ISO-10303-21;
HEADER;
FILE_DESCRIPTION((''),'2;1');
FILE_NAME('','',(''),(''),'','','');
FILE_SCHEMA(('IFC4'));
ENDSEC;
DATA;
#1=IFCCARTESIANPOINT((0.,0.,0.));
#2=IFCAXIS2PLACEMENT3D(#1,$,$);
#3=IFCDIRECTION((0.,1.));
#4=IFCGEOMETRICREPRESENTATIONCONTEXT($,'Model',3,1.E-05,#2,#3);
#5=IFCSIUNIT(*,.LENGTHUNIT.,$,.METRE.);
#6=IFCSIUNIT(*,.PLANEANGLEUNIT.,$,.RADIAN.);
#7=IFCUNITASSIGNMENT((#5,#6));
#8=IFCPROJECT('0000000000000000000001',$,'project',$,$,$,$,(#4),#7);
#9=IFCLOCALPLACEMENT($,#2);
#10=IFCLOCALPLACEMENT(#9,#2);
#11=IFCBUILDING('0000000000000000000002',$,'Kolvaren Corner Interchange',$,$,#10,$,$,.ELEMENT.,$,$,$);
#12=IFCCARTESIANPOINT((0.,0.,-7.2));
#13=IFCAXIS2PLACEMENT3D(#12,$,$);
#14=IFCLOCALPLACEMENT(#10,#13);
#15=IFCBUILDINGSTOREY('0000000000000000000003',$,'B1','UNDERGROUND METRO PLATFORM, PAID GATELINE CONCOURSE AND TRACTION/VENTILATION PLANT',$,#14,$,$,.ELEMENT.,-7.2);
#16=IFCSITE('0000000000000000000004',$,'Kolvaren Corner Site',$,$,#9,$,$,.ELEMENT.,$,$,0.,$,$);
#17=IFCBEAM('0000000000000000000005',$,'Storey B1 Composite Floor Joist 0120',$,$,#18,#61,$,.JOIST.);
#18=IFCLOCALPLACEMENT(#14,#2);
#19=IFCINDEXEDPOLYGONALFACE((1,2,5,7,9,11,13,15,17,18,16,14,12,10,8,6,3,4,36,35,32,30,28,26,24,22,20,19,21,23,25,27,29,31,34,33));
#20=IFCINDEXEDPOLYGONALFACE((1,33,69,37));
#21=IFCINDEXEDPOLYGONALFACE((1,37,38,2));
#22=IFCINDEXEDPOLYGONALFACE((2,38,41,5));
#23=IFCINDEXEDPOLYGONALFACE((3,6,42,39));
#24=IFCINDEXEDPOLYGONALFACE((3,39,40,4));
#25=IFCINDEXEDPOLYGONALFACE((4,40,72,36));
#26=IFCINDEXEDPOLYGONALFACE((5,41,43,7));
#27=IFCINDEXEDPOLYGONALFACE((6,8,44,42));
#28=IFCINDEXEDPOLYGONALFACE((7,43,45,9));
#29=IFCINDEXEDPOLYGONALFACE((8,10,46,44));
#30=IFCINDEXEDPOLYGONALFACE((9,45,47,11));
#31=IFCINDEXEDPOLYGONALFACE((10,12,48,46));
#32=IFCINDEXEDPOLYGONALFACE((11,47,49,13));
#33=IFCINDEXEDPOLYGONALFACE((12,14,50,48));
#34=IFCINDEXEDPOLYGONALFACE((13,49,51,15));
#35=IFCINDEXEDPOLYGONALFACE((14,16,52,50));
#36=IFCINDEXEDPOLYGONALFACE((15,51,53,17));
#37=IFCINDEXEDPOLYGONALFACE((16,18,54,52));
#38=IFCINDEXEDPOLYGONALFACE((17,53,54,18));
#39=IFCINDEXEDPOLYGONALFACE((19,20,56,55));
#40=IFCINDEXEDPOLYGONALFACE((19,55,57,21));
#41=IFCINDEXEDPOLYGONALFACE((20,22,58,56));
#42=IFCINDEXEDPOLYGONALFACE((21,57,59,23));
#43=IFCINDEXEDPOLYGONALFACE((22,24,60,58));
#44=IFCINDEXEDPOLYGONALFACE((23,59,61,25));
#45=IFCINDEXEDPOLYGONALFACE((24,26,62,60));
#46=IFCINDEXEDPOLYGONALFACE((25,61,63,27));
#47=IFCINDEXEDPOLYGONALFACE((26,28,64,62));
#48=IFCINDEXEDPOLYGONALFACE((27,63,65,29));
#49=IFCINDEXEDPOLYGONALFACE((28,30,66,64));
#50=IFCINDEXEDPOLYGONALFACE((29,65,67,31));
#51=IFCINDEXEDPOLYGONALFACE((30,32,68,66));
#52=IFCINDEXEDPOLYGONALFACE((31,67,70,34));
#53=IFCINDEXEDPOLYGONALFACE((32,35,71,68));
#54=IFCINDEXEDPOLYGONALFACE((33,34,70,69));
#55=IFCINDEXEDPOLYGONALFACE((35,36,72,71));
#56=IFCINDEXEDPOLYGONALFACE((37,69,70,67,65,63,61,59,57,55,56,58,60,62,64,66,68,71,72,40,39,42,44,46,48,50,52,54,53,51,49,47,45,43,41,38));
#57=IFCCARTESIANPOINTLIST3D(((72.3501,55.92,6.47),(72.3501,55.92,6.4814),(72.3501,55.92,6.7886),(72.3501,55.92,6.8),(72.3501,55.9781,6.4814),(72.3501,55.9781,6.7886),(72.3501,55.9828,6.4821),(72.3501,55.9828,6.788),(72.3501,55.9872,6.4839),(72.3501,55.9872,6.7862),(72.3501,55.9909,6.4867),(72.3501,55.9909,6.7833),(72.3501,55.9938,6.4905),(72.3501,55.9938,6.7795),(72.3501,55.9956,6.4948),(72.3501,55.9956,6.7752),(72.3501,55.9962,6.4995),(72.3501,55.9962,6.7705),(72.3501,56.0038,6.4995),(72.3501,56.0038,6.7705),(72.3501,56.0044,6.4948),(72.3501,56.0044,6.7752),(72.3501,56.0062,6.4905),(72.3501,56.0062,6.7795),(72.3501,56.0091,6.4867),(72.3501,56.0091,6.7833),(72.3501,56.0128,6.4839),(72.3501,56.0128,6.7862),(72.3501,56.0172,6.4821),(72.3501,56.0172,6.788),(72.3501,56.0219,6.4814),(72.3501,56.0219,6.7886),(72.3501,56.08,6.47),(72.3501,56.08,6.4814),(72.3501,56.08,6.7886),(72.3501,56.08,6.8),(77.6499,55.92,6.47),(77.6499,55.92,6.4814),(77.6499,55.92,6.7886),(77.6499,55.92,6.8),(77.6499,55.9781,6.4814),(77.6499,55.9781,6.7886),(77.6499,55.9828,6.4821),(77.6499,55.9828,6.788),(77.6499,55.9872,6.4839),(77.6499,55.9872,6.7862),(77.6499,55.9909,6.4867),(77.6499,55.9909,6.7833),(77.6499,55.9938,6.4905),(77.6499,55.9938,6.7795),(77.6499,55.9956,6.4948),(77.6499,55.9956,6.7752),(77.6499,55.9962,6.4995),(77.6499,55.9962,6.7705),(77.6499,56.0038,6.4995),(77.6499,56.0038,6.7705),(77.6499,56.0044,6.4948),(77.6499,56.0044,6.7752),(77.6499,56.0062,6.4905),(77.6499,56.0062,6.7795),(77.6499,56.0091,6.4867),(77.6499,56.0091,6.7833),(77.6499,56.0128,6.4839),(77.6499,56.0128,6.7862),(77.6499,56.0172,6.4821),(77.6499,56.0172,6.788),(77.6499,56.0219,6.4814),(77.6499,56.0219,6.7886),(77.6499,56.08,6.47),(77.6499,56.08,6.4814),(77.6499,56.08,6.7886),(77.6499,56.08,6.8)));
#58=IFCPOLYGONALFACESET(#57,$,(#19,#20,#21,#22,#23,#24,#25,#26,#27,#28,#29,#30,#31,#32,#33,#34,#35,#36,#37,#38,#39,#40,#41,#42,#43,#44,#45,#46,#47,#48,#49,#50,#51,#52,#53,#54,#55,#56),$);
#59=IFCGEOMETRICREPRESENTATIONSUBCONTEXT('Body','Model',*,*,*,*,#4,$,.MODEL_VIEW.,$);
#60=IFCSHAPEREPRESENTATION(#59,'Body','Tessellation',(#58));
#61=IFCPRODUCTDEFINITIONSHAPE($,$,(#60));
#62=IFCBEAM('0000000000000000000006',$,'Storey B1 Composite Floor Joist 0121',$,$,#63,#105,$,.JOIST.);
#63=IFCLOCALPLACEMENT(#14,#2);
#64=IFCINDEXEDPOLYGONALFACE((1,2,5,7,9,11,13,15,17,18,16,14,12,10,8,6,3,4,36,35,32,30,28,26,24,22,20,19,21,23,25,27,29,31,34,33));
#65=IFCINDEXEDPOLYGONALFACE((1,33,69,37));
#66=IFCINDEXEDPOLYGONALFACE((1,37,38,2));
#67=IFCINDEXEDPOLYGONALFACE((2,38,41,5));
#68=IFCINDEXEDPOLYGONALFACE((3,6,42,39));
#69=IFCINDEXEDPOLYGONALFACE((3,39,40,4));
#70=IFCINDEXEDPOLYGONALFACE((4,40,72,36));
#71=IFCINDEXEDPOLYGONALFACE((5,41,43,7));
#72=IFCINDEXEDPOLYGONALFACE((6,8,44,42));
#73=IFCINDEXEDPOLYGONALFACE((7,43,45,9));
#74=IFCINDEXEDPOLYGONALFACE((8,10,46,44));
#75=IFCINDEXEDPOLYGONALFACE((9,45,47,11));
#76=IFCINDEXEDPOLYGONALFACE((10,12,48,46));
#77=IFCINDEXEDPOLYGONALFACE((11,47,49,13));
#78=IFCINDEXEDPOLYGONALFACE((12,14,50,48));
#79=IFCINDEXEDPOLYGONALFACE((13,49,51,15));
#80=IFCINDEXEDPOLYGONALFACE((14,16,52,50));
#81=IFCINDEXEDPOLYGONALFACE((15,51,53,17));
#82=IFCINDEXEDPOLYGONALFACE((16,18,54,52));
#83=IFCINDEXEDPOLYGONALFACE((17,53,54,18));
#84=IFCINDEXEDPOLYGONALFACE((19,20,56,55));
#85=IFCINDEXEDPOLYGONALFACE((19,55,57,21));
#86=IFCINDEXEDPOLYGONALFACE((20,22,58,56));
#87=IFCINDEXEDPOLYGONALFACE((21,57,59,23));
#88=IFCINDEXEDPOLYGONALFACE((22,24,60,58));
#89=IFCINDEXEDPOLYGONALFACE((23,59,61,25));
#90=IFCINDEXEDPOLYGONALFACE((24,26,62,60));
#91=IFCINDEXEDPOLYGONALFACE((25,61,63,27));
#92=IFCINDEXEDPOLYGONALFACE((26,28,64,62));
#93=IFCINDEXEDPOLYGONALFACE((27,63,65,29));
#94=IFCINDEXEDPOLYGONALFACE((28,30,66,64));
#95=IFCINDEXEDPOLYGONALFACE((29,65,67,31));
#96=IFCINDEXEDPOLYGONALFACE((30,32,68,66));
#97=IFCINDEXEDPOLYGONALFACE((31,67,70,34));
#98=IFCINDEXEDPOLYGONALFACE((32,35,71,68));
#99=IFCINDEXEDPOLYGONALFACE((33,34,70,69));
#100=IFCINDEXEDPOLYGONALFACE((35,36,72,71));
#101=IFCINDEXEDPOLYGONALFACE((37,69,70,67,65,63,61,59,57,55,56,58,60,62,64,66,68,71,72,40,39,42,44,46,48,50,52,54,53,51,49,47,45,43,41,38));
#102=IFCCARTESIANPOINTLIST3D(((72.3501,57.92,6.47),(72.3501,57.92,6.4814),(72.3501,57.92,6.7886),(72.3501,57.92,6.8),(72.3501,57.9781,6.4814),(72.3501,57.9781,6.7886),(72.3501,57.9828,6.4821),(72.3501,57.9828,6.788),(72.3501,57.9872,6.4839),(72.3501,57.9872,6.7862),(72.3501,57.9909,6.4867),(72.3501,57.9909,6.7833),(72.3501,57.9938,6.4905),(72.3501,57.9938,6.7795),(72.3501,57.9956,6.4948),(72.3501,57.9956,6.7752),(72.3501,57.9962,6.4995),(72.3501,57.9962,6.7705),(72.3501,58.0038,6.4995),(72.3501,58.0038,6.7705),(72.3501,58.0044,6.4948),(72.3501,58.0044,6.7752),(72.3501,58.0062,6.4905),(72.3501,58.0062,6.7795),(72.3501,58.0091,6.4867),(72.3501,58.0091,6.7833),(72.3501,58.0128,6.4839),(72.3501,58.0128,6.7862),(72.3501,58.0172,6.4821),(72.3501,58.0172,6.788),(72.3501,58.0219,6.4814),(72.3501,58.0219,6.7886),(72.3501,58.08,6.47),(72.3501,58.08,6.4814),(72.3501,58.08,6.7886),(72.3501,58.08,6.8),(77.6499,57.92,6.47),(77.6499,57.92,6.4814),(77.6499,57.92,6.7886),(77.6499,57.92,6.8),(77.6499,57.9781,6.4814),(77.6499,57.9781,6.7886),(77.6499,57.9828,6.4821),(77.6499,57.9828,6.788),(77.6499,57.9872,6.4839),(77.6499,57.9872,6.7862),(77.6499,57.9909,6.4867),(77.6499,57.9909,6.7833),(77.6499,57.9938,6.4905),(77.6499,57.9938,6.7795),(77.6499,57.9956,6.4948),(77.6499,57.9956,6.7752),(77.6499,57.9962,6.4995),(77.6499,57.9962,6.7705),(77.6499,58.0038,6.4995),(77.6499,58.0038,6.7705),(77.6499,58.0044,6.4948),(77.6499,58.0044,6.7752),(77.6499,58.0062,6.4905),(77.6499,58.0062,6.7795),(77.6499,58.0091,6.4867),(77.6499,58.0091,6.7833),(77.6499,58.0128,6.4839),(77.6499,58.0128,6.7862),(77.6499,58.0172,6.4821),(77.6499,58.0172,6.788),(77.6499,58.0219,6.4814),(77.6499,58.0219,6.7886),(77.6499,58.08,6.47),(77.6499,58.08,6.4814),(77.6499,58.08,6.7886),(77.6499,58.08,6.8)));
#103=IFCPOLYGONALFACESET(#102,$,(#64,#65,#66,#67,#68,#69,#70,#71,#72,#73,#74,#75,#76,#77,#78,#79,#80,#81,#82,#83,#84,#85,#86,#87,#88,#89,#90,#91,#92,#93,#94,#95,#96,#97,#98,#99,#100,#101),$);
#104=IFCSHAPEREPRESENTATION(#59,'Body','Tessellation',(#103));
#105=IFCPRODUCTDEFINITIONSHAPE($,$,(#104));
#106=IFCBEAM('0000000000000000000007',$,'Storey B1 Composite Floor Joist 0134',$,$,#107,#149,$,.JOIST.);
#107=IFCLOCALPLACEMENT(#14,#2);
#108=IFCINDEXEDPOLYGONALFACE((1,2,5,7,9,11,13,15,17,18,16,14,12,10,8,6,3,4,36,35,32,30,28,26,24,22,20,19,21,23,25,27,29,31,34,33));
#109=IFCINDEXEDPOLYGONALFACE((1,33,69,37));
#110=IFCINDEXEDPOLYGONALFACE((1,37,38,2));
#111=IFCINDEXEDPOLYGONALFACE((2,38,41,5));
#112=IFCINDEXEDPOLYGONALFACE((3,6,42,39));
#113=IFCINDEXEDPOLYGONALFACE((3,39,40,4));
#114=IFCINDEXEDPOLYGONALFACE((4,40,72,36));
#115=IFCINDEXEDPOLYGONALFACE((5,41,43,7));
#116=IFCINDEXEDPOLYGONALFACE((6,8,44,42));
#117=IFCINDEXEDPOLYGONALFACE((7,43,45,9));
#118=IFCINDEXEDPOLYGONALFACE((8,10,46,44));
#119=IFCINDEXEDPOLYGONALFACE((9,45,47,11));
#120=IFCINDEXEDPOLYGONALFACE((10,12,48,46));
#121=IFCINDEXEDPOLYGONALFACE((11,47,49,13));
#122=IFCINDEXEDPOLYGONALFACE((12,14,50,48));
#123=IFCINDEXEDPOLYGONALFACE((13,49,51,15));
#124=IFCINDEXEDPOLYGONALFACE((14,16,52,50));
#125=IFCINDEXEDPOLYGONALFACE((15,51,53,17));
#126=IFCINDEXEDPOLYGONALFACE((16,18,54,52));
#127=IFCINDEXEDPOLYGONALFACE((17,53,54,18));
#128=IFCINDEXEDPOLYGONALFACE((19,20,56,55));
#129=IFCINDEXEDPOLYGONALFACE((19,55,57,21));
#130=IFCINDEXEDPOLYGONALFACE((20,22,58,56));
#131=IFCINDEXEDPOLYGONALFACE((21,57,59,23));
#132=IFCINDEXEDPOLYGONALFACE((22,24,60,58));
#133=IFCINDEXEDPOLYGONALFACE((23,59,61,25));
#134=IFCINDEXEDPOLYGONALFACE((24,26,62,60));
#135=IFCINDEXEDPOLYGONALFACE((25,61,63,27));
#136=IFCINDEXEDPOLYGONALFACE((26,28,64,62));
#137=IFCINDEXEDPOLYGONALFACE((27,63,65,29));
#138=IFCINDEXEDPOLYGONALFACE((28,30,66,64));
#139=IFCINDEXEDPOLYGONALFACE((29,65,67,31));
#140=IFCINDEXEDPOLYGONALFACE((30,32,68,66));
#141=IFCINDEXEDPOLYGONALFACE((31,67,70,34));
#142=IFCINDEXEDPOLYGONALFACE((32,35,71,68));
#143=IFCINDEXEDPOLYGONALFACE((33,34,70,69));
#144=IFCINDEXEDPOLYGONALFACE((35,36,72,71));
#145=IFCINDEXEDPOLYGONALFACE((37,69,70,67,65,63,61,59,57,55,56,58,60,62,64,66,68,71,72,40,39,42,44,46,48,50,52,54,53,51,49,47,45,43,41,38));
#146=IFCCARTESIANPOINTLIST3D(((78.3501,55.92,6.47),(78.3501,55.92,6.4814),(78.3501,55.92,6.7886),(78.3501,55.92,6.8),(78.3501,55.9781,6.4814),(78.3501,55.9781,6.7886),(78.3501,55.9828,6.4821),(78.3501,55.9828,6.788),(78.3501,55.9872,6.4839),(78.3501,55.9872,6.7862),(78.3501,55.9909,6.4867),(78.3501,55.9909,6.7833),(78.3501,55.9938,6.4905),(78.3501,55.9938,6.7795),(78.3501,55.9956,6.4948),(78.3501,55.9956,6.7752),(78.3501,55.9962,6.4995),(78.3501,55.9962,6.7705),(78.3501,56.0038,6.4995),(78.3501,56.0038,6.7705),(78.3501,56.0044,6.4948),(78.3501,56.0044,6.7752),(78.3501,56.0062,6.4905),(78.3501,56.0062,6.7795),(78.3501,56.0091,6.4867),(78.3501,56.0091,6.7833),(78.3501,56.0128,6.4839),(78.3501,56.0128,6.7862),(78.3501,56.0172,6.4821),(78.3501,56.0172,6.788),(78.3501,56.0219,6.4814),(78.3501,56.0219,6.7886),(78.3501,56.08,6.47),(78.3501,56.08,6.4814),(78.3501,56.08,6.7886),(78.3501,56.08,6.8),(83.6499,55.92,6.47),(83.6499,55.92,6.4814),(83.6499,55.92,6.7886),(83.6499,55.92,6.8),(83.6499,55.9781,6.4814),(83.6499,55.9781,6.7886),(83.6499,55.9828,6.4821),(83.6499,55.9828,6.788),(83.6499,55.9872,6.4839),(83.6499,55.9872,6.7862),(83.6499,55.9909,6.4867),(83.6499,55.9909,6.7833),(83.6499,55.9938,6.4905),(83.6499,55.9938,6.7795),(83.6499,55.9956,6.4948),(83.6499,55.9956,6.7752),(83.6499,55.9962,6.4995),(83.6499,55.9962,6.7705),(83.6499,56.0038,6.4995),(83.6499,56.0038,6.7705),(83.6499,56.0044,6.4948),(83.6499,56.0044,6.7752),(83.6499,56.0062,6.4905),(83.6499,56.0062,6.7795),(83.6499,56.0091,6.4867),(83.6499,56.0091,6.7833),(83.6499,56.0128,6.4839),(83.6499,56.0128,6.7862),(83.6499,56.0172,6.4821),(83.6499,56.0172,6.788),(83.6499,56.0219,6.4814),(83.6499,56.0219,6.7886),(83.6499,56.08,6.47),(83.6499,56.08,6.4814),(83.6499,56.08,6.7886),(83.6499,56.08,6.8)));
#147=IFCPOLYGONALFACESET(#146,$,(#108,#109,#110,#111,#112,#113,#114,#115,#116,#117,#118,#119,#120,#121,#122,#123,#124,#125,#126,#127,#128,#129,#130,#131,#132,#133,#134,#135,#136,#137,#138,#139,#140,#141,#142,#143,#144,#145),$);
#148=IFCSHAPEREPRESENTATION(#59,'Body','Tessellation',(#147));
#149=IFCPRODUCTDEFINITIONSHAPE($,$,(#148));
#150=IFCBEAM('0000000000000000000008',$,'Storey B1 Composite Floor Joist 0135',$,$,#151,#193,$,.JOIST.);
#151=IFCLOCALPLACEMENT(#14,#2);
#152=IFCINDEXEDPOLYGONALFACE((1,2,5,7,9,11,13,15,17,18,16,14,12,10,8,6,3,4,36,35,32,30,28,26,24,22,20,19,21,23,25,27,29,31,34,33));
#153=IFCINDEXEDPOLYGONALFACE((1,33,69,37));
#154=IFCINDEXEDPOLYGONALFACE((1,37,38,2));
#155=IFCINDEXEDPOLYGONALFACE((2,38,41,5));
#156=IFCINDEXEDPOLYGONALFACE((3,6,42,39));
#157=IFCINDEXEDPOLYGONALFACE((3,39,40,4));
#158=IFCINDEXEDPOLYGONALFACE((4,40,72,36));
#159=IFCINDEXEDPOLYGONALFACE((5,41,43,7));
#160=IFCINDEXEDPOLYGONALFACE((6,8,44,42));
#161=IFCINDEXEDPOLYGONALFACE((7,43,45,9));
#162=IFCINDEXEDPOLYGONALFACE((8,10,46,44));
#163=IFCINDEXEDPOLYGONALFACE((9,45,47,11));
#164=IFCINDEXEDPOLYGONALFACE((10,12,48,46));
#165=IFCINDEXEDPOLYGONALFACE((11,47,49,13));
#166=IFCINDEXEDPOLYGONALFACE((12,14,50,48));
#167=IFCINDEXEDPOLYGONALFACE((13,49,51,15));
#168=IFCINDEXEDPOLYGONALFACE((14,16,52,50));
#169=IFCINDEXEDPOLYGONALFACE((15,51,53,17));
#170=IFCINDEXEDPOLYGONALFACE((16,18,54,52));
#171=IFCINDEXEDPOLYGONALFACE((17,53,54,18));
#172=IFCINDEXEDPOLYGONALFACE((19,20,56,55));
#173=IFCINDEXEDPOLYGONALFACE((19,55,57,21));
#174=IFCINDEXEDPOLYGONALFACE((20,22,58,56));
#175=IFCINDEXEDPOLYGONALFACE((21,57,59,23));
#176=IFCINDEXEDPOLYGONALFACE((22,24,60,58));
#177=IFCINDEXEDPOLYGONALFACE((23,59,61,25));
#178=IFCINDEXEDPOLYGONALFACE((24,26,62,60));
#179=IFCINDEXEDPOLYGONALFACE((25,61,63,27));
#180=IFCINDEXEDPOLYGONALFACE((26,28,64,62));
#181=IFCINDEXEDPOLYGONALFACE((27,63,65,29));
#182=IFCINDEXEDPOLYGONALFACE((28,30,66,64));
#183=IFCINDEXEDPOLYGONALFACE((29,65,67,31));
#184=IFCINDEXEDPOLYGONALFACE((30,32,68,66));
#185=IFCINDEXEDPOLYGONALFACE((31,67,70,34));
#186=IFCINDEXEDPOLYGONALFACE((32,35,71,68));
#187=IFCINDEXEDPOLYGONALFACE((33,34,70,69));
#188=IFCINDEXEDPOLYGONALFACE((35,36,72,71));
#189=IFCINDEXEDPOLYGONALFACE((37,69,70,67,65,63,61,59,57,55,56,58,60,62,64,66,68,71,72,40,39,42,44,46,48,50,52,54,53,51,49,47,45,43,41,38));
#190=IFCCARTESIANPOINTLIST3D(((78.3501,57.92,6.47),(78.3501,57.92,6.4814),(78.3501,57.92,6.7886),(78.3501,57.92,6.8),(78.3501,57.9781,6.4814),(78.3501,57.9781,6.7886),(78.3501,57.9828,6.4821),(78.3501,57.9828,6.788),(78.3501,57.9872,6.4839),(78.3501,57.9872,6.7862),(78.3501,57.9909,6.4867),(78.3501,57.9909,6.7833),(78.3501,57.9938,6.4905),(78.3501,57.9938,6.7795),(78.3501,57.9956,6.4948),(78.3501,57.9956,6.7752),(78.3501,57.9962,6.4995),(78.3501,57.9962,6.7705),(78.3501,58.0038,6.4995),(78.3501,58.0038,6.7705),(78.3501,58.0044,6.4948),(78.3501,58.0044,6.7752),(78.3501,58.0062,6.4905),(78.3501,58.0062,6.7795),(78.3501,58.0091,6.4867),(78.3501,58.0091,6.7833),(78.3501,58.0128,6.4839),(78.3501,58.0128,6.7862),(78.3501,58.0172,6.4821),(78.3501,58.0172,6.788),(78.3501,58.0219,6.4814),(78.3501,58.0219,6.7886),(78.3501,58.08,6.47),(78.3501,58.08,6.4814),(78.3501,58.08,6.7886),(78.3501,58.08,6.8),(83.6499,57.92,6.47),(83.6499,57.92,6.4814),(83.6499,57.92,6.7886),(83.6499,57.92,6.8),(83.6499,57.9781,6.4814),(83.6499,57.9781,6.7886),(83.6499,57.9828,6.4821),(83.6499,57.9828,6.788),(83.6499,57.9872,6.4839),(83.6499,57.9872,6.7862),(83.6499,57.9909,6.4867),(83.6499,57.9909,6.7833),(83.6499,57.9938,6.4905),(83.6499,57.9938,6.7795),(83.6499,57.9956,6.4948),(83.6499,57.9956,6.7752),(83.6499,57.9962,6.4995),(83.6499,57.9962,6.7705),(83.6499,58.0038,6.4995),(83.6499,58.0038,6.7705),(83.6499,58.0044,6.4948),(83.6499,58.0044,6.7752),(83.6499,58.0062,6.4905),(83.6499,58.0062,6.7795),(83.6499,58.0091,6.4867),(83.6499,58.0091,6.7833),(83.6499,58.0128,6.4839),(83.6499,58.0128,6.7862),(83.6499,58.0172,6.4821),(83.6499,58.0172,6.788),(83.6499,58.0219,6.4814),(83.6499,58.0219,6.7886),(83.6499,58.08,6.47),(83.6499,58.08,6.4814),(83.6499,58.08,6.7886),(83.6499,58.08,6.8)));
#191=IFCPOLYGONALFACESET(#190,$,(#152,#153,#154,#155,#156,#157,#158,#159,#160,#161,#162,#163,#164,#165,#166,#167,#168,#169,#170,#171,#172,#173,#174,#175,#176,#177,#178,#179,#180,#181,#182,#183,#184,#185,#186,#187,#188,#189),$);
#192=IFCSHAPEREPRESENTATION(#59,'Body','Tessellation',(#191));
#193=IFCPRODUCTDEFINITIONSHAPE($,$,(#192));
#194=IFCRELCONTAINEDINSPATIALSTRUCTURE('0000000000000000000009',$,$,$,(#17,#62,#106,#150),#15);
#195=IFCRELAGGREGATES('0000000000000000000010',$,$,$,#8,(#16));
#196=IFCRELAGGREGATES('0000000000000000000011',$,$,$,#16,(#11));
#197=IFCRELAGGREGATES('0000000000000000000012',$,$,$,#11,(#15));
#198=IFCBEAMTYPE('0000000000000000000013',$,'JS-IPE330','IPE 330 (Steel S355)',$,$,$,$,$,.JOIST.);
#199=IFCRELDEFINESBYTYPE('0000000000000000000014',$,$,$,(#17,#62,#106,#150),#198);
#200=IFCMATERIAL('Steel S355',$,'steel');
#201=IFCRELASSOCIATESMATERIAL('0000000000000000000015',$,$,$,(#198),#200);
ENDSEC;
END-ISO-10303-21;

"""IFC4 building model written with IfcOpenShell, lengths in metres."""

from ifc_helpers import new_model, si_unit, direction, frame, origin, origin_2d, place, context, subcontext, project, spatial, i_section, extrude, material, material_profile, profile_set, type_object, element, save


model = new_model("IFC4")

# Units and contexts
model_context = context("Model", 3, precision=1e-05, world=origin(), true_north=direction((0.0, 1.0)))
body_context = subcontext(model_context, "Body", "Model", "MODEL_VIEW")
ifc_project = project(units=[si_unit("LENGTHUNIT", "METRE"), si_unit("PLANEANGLEUNIT", "RADIAN")], contexts=[model_context])

# Site, building, storey
site_placement = place(None, origin())
site = spatial("IfcSite", under=ifc_project, at=site_placement, Name="Kolvaren Corner Site", CompositionType="ELEMENT", RefElevation=0.0)
building_placement = place(site_placement, origin())
building = spatial("IfcBuilding", under=site, at=building_placement, Name="Kolvaren Corner Interchange", CompositionType="ELEMENT")
storey_placement = place(building_placement, frame((0.0, 0.0, -7.2)))
storey = spatial("IfcBuildingStorey", under=building, at=storey_placement, Name="B1", Description="UNDERGROUND METRO PLATFORM, PAID GATELINE CONCOURSE AND TRACTION/VENTILATION PLANT", CompositionType="ELEMENT", Elevation=-7.2)

# Beams
ifc_material_1 = material(Name="Steel S355", Category="steel")
ifc_material_profile_1 = material_profile(ifc_material_1, i_section(OverallWidth=0.1599, OverallDepth=0.3301, WebThickness=0.0076, FlangeThickness=0.0115, FilletRadius=0.0181, at=origin_2d()), Name="IPE 330")
ifc_profile_set_1 = profile_set([ifc_material_profile_1], Name="Steel S355")
beam_type_1 = type_object("IfcBeamType", Name="JS-IPE330", Description="IPE 330 (Steel S355)", PredefinedType="JOIST", material=ifc_profile_set_1)
for number, where, z_axis, x_axis, name in (
    (1, (72.3501, 56.0, 6.635), (1.0, 0.0, 0.0), (0.0, 1.0, 0.0), "Storey B1 Composite Floor Joist 0120"),
    (2, (72.3501, 58.0, 6.635), (1.0, 0.0, 0.0), (0.0, 1.0, 0.0), "Storey B1 Composite Floor Joist 0121"),
    (3, (78.3501, 56.0, 6.635), (1.0, 0.0, 0.0), (0.0, 1.0, 0.0), "Storey B1 Composite Floor Joist 0134"),
    (4, (78.3501, 58.0, 6.635), (1.0, 0.0, 0.0), (0.0, 1.0, 0.0), "Storey B1 Composite Floor Joist 0135"),
):
    element("IfcBeam", number, at=place(storey_placement, frame(where, z_axis=z_axis, x_axis=x_axis)), inside=storey, type_object=beam_type_1, Name=name, PredefinedType="JOIST", context=body_context, shape_type="SweptSolid", body=[
        extrude(i_section(OverallWidth=0.1599, OverallDepth=0.3301, WebThickness=0.0076, FlangeThickness=0.0115, FilletRadius=0.0181, at=origin_2d()), origin(), (0.0, 0.0, 1.0), 5.2998),
    ])

save(model, "model.ifc")
